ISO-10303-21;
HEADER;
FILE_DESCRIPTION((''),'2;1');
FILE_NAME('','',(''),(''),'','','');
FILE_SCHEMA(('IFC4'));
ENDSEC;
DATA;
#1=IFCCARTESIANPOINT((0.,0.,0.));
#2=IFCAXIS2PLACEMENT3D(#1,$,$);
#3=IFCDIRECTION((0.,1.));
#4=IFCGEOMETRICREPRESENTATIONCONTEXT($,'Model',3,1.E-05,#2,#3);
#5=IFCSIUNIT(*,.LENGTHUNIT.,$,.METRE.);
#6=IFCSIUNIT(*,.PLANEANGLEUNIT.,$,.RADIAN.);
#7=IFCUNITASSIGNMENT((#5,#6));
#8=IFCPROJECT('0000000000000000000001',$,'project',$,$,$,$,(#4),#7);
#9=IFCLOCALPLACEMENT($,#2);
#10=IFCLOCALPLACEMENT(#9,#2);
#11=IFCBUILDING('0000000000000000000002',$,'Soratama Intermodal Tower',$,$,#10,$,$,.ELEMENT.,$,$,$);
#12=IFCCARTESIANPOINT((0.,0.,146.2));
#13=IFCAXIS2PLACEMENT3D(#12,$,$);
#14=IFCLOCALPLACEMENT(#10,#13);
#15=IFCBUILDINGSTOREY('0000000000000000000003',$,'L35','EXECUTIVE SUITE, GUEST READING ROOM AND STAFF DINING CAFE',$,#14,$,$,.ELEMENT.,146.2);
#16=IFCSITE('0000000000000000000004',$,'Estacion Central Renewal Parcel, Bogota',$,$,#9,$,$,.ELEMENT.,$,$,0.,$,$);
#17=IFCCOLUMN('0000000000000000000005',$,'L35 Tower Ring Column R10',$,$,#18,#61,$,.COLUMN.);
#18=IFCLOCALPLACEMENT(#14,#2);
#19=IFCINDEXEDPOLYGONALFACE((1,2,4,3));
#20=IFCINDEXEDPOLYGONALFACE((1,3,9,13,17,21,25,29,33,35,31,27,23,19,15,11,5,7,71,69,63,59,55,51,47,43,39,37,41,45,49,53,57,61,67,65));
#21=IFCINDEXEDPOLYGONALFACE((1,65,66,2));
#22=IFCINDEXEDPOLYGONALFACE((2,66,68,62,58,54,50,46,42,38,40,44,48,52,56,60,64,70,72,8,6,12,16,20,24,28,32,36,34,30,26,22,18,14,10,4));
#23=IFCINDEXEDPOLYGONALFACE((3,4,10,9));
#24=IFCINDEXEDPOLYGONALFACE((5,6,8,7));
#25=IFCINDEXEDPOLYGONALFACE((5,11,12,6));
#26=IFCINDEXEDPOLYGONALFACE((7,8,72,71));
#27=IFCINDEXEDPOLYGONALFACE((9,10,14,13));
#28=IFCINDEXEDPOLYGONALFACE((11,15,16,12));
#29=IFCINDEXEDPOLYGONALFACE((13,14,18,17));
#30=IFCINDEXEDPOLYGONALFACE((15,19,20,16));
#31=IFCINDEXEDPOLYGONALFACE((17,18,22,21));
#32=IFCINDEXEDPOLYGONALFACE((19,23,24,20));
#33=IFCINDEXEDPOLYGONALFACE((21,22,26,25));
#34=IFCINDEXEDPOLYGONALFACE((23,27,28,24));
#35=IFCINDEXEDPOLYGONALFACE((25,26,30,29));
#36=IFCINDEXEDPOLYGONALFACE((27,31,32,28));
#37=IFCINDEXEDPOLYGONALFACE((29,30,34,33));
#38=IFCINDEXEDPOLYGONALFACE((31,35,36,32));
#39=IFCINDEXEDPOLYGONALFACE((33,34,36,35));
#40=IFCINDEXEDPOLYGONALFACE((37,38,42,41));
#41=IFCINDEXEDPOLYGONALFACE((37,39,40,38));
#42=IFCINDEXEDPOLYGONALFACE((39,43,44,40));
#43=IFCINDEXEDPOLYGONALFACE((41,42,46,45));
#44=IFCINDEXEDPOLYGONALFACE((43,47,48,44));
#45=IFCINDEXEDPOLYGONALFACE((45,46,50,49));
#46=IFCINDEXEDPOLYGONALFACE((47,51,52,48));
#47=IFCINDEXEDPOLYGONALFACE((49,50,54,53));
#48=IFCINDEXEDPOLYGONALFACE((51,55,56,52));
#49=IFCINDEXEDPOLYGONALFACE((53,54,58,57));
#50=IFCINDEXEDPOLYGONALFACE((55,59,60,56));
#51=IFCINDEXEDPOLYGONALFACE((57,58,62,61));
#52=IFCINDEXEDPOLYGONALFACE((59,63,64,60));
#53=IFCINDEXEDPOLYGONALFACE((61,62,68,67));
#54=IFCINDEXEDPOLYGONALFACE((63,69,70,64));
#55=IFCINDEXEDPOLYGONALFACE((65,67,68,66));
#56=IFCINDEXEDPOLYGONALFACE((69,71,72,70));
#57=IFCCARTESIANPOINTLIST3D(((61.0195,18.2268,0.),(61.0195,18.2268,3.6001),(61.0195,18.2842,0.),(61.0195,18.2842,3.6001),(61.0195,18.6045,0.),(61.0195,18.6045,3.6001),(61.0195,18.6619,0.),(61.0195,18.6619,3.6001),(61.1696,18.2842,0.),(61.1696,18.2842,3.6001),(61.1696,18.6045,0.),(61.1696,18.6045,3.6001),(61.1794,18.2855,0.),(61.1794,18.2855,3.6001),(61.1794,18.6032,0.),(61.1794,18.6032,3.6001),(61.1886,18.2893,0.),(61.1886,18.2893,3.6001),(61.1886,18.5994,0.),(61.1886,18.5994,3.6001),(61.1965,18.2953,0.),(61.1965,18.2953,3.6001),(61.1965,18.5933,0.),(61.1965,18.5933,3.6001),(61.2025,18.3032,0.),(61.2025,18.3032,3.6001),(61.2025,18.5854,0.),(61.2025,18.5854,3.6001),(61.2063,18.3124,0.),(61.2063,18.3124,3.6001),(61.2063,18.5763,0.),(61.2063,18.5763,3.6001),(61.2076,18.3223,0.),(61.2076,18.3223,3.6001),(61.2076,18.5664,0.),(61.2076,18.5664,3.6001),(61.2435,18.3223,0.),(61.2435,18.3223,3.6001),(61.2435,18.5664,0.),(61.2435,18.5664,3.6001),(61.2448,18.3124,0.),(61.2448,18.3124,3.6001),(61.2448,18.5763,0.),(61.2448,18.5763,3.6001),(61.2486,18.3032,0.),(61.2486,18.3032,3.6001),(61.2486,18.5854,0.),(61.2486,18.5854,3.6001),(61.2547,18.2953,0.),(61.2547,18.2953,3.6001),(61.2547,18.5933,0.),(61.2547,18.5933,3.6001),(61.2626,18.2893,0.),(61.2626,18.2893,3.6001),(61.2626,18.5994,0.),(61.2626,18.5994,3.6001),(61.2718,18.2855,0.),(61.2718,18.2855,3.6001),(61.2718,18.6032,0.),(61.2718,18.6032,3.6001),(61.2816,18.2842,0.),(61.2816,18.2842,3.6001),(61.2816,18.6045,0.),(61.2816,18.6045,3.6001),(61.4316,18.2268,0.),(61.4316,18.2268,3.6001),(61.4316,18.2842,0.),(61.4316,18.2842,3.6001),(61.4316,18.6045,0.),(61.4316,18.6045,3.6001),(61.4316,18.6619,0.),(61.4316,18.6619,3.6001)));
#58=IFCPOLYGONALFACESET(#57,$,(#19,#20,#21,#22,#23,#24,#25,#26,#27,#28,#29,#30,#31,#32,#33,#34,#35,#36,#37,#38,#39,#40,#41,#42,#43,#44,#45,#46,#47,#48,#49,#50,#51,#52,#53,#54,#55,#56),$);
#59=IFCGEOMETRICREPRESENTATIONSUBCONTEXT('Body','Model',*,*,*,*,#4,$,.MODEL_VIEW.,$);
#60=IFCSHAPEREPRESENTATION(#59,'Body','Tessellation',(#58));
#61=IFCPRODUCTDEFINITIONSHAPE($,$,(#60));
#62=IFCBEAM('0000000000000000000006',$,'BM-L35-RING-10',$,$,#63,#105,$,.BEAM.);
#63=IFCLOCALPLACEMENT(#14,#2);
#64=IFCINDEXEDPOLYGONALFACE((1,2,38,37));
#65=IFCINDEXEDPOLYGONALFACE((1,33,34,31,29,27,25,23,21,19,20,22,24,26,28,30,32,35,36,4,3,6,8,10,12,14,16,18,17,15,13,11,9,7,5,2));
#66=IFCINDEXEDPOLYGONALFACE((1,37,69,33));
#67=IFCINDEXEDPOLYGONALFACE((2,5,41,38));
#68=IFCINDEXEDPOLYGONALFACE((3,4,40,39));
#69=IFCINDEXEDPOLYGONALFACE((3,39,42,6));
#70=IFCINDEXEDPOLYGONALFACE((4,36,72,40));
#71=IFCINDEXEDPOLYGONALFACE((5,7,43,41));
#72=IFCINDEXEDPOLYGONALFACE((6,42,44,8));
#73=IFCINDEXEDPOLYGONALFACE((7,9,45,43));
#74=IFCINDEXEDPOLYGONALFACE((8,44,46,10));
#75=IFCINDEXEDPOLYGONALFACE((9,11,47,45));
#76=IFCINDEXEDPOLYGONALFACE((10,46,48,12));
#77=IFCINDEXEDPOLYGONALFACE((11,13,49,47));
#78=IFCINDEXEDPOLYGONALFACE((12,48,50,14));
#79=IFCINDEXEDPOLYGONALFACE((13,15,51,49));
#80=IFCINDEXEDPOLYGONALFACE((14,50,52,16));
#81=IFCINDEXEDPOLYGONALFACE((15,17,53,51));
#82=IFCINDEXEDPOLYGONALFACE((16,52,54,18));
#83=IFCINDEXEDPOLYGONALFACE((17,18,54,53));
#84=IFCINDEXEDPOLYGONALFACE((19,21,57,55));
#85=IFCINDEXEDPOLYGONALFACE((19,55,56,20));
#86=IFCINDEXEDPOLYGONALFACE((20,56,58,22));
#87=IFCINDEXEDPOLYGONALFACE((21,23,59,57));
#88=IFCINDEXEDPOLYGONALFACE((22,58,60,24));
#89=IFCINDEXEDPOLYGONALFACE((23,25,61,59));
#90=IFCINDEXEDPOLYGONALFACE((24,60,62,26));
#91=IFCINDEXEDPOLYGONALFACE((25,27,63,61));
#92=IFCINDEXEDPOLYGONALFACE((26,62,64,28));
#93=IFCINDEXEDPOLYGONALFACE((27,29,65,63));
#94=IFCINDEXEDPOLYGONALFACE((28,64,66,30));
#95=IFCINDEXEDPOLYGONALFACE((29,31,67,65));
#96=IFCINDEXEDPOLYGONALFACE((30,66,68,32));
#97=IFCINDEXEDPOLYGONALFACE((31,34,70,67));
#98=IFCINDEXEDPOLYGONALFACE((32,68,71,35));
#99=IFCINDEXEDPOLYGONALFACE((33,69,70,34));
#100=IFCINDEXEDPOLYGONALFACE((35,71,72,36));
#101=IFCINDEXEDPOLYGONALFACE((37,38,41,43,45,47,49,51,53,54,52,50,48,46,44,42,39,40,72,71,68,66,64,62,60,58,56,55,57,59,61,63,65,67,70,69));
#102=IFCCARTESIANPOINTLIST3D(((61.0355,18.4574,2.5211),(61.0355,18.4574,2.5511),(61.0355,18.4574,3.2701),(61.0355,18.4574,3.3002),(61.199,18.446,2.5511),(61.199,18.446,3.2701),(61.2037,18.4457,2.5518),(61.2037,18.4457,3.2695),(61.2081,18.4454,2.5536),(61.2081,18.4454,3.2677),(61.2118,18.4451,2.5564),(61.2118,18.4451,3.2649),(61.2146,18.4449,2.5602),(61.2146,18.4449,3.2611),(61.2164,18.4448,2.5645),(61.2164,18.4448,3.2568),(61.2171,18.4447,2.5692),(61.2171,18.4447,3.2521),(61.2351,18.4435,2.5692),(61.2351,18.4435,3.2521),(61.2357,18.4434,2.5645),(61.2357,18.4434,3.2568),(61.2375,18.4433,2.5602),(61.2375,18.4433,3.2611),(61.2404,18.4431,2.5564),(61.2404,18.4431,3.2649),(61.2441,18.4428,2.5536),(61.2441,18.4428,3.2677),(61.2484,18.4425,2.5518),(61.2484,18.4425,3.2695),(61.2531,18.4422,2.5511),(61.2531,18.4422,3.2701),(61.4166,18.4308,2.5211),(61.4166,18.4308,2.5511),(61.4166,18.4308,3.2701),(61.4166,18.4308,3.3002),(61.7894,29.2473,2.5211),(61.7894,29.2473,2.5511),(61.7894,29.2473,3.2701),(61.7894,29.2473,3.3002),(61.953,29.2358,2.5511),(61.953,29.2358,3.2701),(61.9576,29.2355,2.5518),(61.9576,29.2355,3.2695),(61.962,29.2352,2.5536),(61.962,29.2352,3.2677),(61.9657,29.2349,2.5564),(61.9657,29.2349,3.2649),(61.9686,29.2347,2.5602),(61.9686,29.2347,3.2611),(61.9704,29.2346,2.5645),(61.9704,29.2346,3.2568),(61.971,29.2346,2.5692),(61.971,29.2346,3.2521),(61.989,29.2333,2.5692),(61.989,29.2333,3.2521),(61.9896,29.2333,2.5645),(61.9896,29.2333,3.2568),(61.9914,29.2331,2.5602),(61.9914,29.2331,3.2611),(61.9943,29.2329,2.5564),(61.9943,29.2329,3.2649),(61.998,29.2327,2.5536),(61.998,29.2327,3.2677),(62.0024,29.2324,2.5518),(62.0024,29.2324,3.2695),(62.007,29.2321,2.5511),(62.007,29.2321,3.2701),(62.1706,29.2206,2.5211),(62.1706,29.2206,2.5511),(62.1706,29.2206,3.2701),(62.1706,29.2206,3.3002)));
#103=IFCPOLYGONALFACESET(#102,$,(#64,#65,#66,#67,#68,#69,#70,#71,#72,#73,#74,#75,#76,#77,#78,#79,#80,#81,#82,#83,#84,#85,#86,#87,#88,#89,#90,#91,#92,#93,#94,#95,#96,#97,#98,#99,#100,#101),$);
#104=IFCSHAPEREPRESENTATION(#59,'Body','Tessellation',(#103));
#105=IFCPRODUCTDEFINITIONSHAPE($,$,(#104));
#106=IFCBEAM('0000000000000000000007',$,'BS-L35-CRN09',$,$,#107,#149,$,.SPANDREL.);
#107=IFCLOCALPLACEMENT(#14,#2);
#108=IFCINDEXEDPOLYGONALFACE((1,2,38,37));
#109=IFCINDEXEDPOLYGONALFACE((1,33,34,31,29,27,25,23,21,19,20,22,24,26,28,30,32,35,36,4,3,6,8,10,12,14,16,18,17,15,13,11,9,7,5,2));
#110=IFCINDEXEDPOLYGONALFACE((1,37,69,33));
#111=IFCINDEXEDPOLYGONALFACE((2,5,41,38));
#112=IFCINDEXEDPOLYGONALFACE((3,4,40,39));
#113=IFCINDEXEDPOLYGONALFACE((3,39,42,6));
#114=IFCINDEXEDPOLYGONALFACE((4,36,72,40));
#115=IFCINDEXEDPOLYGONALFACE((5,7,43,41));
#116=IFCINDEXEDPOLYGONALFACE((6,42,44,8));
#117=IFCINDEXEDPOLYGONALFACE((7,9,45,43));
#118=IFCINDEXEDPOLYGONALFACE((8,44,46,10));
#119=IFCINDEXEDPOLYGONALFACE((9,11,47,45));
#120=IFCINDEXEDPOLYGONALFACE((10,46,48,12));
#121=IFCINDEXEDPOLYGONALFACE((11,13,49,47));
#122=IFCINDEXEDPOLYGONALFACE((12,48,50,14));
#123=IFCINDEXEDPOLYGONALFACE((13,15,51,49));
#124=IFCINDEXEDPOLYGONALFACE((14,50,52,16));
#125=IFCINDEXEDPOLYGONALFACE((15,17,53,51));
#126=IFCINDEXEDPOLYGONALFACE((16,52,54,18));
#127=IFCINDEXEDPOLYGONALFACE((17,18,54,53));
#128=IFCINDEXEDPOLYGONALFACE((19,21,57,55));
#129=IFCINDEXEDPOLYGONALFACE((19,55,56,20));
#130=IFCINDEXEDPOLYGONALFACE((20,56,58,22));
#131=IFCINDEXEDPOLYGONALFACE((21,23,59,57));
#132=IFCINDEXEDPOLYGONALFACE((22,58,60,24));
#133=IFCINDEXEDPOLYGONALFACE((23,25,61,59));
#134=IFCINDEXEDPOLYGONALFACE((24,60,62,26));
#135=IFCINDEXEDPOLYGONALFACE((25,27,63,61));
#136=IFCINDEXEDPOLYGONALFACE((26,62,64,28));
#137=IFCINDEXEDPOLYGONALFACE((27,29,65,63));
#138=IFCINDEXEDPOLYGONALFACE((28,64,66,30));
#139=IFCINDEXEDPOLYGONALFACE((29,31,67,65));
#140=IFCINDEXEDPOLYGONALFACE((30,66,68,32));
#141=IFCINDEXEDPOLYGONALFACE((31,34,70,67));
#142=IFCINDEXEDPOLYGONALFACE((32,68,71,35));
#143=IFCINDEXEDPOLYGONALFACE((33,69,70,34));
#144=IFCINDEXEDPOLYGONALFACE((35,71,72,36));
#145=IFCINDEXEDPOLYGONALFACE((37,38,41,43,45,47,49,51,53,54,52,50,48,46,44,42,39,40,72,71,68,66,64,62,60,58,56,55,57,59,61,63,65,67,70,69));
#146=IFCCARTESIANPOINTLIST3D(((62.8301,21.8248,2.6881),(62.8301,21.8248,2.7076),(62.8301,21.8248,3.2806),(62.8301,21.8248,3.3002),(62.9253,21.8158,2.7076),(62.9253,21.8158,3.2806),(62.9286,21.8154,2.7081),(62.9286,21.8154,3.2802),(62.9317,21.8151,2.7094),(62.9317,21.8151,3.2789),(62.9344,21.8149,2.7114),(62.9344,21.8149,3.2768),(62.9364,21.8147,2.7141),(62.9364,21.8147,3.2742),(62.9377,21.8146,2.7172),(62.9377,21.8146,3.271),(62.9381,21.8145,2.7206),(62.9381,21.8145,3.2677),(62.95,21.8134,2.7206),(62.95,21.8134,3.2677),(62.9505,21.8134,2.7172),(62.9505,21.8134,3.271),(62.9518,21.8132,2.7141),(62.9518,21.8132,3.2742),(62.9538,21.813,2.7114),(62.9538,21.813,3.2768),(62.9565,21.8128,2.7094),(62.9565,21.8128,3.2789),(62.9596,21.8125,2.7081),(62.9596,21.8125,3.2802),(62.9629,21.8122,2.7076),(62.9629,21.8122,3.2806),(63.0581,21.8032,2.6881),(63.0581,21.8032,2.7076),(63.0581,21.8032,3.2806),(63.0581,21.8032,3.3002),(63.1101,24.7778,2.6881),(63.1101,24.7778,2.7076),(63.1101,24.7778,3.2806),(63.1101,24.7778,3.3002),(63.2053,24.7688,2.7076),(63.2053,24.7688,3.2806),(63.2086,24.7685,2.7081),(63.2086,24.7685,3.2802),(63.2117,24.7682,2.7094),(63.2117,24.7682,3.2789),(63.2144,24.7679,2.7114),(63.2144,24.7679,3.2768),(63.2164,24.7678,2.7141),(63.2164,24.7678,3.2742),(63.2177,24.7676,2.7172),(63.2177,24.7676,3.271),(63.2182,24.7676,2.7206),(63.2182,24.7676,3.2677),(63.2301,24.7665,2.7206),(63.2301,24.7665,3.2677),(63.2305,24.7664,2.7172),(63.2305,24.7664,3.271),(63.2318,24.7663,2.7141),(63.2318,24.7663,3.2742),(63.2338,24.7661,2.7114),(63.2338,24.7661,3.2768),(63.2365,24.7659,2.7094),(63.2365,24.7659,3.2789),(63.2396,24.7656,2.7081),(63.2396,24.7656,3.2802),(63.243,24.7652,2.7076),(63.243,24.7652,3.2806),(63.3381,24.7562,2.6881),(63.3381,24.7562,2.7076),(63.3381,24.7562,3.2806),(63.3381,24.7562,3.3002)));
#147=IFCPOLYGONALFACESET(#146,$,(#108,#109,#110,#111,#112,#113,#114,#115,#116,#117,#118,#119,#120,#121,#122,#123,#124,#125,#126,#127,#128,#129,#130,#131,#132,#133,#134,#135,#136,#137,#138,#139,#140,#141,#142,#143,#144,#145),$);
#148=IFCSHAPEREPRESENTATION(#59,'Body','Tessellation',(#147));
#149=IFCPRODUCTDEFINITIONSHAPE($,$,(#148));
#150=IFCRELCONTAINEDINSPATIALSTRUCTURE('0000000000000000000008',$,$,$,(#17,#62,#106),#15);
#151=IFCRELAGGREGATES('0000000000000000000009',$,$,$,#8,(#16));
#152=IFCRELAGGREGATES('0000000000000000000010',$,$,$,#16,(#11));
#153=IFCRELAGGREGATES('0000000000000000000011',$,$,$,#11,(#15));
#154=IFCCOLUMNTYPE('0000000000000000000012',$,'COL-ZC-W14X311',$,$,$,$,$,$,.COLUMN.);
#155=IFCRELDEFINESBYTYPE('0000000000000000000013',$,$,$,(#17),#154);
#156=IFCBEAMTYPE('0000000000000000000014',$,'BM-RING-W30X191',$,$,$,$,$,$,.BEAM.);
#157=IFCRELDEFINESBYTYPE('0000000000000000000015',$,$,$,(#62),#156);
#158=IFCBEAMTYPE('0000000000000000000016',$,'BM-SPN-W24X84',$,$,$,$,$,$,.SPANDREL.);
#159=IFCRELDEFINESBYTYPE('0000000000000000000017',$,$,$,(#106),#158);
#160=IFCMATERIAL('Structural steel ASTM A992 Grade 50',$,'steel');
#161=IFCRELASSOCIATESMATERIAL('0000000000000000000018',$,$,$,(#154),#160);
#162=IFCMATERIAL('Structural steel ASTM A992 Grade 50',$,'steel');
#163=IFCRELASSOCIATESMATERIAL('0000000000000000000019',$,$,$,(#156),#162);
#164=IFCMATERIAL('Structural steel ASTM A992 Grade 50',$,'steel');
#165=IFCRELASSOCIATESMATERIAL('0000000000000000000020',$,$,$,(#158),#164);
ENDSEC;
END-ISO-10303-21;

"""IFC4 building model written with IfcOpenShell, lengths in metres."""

from ifc_helpers import new_model, si_unit, direction, frame, origin, origin_2d, place, context, subcontext, project, spatial, i_section, extrude, material, material_profile, profile_set, type_object, element, save


model = new_model("IFC4")

# Units and contexts
model_context = context("Model", 3, precision=1e-05, world=origin(), true_north=direction((0.0, 1.0)))
body_context = subcontext(model_context, "Body", "Model", "MODEL_VIEW")
ifc_project = project(units=[si_unit("LENGTHUNIT", "METRE"), si_unit("PLANEANGLEUNIT", "RADIAN")], contexts=[model_context])

# Site, building, storey
site_placement = place(None, origin())
site = spatial("IfcSite", under=ifc_project, at=site_placement, Name="Estacion Central Renewal Parcel, Bogota", CompositionType="ELEMENT", RefElevation=0.0)
building_placement = place(site_placement, origin())
building = spatial("IfcBuilding", under=site, at=building_placement, Name="Soratama Intermodal Tower", CompositionType="ELEMENT")
storey_placement = place(building_placement, frame((0.0, 0.0, 146.2)))
storey = spatial("IfcBuildingStorey", under=building, at=storey_placement, Name="L35", Description="EXECUTIVE SUITE, GUEST READING ROOM AND STAFF DINING CAFE", CompositionType="ELEMENT", Elevation=146.2)

# Column
ifc_material_1 = material(Name="Structural steel ASTM A992 Grade 50", Category="steel")
ifc_material_profile_1 = material_profile(ifc_material_1, i_section(OverallWidth=0.4121, OverallDepth=0.4351, WebThickness=0.0359, FlangeThickness=0.0574, FilletRadius=0.0381, at=origin_2d()), Name="W14X311")
ifc_profile_set_1 = profile_set([ifc_material_profile_1], Name="Structural steel ASTM A992 Grade 50")
column_type = type_object("IfcColumnType", Name="COL-ZC-W14X311", PredefinedType="COLUMN", material=ifc_profile_set_1)
column_placement = place(storey_placement, frame((61.2256, 18.4443, 0.0), z_axis=(0.0, 0.0, 1.0), x_axis=(1.0, 0.0, 0.0)))
element("IfcColumn", 1, at=column_placement, inside=storey, type_object=column_type, Name="L35 Tower Ring Column R10", PredefinedType="COLUMN", context=body_context, shape_type="SweptSolid", body=[
    extrude(i_section(OverallWidth=0.4121, OverallDepth=0.4351, WebThickness=0.0359, FlangeThickness=0.0574, FilletRadius=0.0381, at=origin_2d()), origin(), (0.0, 0.0, 1.0), 3.6001),
])

# Beams
ifc_material_2 = material(Name="Structural steel ASTM A992 Grade 50", Category="steel")
ifc_material_profile_2 = material_profile(ifc_material_2, i_section(OverallWidth=0.3821, OverallDepth=0.7791, WebThickness=0.0181, FlangeThickness=0.03, FilletRadius=0.0181, at=origin_2d()), Name="W30X191")
ifc_profile_set_2 = profile_set([ifc_material_profile_2], Name="Structural steel ASTM A992 Grade 50")
beam_type_1 = type_object("IfcBeamType", Name="BM-RING-W30X191", PredefinedType="BEAM", material=ifc_profile_set_2)
beam_1_placement = place(storey_placement, frame((61.2261, 18.4441, 2.9106), z_axis=(0.069702, 0.997568, 0.0), x_axis=(-0.997568, 0.069702, 0.0)))
element("IfcBeam", 2, at=beam_1_placement, inside=storey, type_object=beam_type_1, Name="BM-L35-RING-10", PredefinedType="BEAM", context=body_context, shape_type="SweptSolid", body=[
    extrude(i_section(OverallWidth=0.3821, OverallDepth=0.7791, WebThickness=0.0181, FlangeThickness=0.03, FilletRadius=0.0181, at=origin_2d()), origin(), (0.0, 0.0, 1.0), 10.8162),
])
ifc_material_3 = material(Name="Structural steel ASTM A992 Grade 50", Category="steel")
ifc_material_profile_3 = material_profile(ifc_material_3, i_section(OverallWidth=0.229, OverallDepth=0.6121, WebThickness=0.012, FlangeThickness=0.0195, FilletRadius=0.0129, at=origin_2d()), Name="W24X84")
ifc_profile_set_3 = profile_set([ifc_material_profile_3], Name="Structural steel ASTM A992 Grade 50")
beam_type_2 = type_object("IfcBeamType", Name="BM-SPN-W24X84", PredefinedType="SPANDREL", material=ifc_profile_set_3)
beam_2_placement = place(storey_placement, frame((62.9441, 21.814, 2.9941), z_axis=(0.094401, 0.995534, 0.0), x_axis=(-0.995534, 0.094401, 0.0)))
element("IfcBeam", 3, at=beam_2_placement, inside=storey, type_object=beam_type_2, Name="BS-L35-CRN09", PredefinedType="SPANDREL", context=body_context, shape_type="SweptSolid", body=[
    extrude(i_section(OverallWidth=0.229, OverallDepth=0.6121, WebThickness=0.012, FlangeThickness=0.0195, FilletRadius=0.0129, at=origin_2d()), origin(), (0.0, 0.0, 1.0), 2.9663),
])

save(model, "model.ifc")
